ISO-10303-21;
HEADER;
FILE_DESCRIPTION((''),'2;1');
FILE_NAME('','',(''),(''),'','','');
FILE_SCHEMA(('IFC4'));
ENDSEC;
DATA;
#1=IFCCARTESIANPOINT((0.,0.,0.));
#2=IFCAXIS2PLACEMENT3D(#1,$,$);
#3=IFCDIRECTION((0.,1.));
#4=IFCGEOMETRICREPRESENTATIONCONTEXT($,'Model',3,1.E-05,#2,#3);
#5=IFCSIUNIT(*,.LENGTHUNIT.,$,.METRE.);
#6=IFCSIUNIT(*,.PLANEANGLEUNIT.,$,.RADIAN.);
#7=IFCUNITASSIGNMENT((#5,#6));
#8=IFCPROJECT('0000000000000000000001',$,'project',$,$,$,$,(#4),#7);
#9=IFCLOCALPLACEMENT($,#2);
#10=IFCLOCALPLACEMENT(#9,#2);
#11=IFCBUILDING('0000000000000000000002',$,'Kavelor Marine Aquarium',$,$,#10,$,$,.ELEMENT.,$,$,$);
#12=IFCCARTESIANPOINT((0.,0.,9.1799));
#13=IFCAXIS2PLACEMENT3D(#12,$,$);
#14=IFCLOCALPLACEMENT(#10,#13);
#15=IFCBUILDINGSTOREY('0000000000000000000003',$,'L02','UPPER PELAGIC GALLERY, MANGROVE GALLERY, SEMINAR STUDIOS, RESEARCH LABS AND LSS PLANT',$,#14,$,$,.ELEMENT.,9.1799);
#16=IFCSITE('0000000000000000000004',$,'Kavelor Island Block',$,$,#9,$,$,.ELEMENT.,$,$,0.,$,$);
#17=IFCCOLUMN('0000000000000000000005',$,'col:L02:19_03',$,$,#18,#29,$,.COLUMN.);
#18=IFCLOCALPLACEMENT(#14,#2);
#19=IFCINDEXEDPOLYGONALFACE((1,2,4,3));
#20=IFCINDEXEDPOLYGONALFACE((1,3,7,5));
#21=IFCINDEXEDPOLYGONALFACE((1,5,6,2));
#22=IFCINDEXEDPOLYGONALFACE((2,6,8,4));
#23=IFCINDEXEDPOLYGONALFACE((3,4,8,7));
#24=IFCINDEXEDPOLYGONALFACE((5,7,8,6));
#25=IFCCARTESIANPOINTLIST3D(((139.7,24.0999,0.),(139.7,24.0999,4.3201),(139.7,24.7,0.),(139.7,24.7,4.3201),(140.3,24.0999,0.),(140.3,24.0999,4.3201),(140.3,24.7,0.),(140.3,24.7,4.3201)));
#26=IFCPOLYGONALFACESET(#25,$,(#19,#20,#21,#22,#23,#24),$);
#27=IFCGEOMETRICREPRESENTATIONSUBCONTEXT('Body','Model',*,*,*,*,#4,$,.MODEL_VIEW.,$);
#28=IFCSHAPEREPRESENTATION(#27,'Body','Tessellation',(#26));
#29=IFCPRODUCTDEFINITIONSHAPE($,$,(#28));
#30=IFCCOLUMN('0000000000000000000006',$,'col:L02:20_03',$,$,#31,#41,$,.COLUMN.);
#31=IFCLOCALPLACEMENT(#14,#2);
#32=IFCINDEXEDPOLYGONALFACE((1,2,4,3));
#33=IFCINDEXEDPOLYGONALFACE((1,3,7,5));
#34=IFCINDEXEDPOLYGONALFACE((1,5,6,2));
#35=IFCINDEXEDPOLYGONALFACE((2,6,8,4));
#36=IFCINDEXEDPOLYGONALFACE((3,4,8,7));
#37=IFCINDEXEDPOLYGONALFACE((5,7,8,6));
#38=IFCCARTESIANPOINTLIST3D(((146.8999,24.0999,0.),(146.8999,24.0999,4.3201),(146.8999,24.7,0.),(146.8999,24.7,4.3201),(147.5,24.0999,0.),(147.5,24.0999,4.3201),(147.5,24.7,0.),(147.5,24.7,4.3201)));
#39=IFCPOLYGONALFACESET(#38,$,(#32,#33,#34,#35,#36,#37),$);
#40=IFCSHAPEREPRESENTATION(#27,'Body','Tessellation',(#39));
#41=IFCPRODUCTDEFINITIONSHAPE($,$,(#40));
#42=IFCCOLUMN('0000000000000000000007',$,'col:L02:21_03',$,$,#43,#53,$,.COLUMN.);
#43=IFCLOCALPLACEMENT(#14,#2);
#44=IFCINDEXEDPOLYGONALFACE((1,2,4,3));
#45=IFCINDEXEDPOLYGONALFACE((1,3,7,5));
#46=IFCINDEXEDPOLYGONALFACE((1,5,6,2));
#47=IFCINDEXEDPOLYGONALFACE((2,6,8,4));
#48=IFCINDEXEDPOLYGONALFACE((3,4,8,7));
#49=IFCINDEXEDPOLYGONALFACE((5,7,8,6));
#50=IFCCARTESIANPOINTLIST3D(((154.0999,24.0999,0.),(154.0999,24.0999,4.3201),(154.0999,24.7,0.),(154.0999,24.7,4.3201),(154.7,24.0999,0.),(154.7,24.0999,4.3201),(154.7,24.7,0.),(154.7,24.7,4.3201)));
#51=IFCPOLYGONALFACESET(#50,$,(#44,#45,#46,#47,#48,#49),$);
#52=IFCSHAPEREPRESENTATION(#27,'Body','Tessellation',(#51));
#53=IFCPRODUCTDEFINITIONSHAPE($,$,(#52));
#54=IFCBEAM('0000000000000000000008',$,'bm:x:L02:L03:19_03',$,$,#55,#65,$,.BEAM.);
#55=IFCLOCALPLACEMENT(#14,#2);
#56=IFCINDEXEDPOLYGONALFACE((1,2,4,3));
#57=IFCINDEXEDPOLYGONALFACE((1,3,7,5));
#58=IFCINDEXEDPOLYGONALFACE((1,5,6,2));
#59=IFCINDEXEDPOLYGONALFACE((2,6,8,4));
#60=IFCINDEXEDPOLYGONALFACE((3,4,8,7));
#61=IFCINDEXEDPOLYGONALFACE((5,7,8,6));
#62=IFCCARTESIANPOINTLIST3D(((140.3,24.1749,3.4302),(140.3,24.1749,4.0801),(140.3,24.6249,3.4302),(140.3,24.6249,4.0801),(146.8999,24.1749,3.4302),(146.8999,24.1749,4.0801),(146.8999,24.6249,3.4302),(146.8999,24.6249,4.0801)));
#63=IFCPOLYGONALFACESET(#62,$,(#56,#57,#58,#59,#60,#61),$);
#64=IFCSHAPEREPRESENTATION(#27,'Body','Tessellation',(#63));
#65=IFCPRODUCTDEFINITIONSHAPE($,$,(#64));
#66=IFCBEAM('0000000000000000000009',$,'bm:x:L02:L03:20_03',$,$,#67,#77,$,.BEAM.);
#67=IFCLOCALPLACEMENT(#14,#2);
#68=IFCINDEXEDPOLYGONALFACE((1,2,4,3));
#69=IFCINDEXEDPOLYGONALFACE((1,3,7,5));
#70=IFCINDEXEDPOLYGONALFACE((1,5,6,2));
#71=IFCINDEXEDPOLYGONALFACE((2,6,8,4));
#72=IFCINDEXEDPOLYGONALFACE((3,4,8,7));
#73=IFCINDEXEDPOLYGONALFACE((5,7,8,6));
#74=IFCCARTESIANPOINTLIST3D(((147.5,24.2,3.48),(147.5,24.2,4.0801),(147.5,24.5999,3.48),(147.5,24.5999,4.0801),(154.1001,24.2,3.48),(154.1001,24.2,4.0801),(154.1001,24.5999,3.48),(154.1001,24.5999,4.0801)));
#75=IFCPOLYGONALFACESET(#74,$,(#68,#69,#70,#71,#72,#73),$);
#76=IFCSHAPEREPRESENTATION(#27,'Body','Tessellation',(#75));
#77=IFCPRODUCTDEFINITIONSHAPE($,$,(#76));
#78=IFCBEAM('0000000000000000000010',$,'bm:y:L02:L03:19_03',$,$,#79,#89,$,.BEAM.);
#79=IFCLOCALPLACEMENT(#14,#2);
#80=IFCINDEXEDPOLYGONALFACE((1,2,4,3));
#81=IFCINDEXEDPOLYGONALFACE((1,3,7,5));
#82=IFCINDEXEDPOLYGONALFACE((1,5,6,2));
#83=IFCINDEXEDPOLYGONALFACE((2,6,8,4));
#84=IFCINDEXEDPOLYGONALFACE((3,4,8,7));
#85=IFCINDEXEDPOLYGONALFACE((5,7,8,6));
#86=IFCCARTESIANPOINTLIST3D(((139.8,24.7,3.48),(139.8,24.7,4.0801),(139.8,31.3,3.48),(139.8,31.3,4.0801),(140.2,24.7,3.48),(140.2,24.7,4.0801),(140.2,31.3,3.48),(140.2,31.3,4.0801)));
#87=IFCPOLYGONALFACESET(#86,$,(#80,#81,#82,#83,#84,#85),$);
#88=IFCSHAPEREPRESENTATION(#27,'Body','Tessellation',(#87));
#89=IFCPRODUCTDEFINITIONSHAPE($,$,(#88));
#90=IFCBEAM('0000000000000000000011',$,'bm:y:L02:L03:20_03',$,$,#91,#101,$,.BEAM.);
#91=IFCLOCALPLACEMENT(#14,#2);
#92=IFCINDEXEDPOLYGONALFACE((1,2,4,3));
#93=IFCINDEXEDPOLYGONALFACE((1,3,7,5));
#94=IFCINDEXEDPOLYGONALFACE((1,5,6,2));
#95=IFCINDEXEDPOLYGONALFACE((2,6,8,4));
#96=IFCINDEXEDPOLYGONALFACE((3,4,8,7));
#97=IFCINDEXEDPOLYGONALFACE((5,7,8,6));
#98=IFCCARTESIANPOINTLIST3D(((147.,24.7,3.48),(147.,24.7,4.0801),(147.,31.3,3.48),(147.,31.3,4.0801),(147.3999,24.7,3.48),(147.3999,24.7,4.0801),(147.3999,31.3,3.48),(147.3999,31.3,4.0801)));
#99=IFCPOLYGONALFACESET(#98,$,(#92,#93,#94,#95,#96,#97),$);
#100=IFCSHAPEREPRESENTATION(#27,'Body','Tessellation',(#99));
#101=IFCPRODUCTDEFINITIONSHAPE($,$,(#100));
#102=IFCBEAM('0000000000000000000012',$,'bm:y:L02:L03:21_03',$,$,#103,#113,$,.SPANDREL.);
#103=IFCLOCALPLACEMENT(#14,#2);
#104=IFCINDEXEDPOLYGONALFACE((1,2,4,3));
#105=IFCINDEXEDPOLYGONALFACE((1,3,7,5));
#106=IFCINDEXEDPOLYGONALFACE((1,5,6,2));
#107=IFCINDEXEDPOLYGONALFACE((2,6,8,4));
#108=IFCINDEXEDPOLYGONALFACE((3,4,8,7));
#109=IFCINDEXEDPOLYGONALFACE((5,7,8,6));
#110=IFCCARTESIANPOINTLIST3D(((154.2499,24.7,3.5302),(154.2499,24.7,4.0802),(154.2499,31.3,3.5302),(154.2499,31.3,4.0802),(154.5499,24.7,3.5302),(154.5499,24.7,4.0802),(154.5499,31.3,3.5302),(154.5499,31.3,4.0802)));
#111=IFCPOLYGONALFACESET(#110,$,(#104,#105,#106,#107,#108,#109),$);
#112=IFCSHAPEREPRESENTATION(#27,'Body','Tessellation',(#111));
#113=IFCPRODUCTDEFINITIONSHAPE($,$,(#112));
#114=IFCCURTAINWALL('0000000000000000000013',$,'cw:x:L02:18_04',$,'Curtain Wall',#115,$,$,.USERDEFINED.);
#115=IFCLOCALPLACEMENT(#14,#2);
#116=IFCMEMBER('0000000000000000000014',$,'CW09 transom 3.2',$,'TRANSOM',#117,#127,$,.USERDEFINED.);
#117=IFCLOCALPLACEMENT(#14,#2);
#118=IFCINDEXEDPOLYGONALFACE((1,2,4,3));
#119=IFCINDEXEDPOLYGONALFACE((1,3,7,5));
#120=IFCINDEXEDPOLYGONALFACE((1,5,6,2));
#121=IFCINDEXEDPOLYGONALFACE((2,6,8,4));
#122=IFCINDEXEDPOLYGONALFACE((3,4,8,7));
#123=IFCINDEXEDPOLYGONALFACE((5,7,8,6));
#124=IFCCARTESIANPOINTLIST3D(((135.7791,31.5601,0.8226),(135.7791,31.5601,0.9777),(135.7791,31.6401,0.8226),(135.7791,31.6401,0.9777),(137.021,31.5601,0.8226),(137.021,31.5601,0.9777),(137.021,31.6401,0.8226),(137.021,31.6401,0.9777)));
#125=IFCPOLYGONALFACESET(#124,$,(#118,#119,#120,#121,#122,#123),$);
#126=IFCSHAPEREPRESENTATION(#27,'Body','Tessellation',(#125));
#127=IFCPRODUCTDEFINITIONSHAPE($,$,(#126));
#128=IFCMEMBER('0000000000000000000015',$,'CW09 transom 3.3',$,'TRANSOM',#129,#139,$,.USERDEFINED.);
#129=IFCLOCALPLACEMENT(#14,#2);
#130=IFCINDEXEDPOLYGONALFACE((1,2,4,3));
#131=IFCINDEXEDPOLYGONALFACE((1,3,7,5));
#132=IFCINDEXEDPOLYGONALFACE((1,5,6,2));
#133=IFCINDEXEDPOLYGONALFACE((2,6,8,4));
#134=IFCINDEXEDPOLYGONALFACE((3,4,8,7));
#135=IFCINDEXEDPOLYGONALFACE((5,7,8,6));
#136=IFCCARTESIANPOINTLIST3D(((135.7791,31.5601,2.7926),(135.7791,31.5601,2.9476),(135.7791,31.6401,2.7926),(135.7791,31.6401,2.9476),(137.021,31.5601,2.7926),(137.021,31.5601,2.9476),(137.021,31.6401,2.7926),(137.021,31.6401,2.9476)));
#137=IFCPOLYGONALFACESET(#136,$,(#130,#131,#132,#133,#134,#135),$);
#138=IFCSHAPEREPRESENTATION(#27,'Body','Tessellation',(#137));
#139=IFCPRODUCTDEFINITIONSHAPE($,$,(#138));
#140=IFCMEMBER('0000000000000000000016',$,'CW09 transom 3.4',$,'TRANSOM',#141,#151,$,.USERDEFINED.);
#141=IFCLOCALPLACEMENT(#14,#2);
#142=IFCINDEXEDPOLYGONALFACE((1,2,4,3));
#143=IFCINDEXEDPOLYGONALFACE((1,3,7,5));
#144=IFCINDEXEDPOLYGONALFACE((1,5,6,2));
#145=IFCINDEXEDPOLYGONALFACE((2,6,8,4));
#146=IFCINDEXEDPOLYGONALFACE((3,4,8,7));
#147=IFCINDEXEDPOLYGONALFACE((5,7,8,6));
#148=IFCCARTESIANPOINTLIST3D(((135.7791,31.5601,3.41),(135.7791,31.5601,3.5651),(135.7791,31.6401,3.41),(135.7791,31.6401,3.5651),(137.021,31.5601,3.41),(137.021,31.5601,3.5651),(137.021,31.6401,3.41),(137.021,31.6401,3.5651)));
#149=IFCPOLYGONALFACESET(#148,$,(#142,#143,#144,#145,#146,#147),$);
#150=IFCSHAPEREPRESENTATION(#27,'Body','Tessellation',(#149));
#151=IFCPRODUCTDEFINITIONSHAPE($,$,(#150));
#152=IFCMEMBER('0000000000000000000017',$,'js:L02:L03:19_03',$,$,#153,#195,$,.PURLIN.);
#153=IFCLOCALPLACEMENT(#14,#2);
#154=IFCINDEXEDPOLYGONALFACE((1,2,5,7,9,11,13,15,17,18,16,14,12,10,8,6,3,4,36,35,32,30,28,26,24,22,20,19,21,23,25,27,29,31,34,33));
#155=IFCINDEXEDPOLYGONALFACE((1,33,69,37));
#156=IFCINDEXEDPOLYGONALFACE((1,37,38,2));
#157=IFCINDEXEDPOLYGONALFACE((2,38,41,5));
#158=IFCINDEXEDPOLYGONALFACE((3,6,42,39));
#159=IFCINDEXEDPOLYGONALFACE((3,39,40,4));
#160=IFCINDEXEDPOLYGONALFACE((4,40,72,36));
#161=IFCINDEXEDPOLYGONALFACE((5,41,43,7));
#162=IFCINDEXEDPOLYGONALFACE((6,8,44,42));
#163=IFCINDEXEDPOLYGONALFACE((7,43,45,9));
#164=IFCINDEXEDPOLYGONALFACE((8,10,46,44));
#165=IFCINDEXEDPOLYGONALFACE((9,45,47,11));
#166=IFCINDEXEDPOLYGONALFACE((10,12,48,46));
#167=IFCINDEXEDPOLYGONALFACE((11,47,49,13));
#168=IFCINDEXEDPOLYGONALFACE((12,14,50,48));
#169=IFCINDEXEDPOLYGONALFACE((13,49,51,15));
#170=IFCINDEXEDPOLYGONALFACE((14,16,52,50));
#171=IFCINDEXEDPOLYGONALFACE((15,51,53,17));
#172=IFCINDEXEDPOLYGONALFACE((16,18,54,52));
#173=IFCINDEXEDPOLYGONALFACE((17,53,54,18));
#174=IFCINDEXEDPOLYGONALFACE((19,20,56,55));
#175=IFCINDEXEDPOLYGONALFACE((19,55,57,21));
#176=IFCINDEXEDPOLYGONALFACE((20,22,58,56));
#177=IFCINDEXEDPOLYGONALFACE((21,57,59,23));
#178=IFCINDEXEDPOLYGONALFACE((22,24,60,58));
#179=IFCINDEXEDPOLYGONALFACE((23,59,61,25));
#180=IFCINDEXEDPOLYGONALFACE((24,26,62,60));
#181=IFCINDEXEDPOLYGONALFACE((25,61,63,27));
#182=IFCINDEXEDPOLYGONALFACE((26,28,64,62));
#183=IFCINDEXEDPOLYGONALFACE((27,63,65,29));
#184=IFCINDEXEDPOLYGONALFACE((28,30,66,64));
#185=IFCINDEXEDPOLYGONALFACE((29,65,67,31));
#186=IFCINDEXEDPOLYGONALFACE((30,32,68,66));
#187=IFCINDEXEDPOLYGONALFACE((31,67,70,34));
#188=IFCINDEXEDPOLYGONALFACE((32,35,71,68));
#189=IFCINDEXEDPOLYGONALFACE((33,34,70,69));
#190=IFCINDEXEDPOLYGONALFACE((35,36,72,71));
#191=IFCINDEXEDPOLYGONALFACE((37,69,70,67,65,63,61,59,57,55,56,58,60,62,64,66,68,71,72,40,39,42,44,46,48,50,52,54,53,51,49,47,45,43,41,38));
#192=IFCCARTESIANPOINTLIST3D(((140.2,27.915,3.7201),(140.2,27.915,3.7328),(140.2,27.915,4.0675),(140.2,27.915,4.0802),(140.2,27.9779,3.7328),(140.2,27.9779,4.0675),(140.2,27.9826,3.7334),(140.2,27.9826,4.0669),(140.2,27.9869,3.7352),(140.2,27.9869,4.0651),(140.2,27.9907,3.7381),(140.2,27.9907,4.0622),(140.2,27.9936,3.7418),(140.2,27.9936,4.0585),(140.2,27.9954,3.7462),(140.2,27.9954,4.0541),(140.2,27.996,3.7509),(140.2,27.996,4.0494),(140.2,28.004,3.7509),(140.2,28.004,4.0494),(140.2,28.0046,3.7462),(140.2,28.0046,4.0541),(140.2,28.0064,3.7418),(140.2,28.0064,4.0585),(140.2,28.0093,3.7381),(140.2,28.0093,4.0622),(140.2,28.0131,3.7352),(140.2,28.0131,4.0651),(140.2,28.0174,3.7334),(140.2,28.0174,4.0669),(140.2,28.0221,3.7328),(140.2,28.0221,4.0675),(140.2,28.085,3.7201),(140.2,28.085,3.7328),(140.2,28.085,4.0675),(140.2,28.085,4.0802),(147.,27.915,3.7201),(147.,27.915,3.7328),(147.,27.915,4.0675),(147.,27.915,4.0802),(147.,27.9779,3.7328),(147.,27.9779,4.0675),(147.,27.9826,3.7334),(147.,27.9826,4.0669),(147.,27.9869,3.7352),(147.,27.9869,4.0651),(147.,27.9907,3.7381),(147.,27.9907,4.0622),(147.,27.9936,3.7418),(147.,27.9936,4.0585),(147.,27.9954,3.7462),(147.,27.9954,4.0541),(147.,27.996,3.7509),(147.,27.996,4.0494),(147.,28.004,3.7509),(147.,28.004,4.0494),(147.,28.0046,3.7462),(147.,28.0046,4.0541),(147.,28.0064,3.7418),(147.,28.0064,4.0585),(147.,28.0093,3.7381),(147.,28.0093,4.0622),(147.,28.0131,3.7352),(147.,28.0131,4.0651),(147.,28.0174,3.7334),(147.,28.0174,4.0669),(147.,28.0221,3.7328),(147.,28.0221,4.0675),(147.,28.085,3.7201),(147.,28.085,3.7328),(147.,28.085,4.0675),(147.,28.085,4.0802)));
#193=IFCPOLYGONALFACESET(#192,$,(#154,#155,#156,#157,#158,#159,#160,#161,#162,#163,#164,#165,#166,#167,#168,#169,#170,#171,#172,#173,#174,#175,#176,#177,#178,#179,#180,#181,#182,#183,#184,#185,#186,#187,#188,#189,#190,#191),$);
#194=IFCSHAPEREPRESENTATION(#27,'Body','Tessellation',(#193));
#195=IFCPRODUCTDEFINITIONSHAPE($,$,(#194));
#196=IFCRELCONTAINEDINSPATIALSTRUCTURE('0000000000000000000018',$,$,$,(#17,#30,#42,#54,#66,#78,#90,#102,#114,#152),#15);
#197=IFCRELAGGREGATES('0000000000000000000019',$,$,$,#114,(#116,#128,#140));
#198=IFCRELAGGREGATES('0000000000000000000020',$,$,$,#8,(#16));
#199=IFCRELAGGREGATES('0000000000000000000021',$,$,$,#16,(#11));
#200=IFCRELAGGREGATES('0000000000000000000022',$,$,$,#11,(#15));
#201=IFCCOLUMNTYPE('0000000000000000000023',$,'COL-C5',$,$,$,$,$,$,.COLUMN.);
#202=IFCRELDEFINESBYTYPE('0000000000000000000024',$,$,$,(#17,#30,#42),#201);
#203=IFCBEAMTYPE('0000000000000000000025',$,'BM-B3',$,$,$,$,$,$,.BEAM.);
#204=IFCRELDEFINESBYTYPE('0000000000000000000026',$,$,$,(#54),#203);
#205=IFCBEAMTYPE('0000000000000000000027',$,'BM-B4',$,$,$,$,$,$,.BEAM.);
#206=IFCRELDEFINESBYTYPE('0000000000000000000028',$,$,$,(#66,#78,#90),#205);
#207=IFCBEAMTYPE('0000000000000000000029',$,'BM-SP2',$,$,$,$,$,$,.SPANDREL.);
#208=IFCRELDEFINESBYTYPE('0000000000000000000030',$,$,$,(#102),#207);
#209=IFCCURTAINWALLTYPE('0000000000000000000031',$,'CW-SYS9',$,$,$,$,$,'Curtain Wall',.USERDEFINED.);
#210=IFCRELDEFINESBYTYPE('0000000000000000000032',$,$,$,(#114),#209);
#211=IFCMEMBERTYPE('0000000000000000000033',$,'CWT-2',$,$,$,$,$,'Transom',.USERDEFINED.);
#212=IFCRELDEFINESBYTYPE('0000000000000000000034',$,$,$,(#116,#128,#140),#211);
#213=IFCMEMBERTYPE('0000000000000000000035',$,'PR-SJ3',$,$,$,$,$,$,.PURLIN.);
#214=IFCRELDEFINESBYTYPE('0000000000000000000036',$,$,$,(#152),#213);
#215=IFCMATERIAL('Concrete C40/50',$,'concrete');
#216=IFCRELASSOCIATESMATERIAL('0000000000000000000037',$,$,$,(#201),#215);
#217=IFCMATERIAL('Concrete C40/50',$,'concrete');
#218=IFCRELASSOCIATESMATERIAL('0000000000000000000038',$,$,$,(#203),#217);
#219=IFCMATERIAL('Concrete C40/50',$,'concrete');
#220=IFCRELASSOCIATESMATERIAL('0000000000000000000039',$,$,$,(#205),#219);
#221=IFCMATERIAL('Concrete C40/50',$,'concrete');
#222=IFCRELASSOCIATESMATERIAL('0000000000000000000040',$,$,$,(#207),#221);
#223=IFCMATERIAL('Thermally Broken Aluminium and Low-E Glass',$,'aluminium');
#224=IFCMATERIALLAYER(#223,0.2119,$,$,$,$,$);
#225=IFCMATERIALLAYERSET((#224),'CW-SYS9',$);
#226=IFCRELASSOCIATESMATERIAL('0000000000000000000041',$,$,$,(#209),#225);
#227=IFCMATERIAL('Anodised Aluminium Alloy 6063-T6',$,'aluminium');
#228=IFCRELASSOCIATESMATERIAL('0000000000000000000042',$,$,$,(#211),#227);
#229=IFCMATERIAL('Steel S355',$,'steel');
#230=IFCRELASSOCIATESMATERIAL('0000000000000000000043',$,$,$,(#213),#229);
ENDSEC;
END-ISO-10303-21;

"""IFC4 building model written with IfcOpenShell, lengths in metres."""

from ifc_helpers import new_model, si_unit, direction, frame, origin, origin_2d, place, context, subcontext, project, spatial, rectangle, i_section, extrude, material, layer, layer_set, material_profile, profile_set, type_object, element, aggregate, save


model = new_model("IFC4")

# Units and contexts
model_context = context("Model", 3, precision=1e-05, world=origin(), true_north=direction((0.0, 1.0)))
body_context = subcontext(model_context, "Body", "Model", "MODEL_VIEW")
ifc_project = project(units=[si_unit("LENGTHUNIT", "METRE"), si_unit("PLANEANGLEUNIT", "RADIAN")], contexts=[model_context])

# Site, building, storey
site_placement = place(None, origin())
site = spatial("IfcSite", under=ifc_project, at=site_placement, Name="Kavelor Island Block", CompositionType="ELEMENT", RefElevation=0.0)
building_placement = place(site_placement, origin())
building = spatial("IfcBuilding", under=site, at=building_placement, Name="Kavelor Marine Aquarium", CompositionType="ELEMENT")
storey_placement = place(building_placement, frame((0.0, 0.0, 9.1799)))
storey = spatial("IfcBuildingStorey", under=building, at=storey_placement, Name="L02", Description="UPPER PELAGIC GALLERY, MANGROVE GALLERY, SEMINAR STUDIOS, RESEARCH LABS AND LSS PLANT", CompositionType="ELEMENT", Elevation=9.1799)

# Columns
ifc_material_1 = material(Name="Concrete C40/50", Category="concrete")
ifc_material_profile_1 = material_profile(ifc_material_1, rectangle(XDim=0.6001, YDim=0.6001, at=origin_2d()), Name="RC-COL 600x600")
ifc_profile_set_1 = profile_set([ifc_material_profile_1], Name="Concrete C40/50")
column_type = type_object("IfcColumnType", Name="COL-C5", PredefinedType="COLUMN", material=ifc_profile_set_1)
for number, where, z_axis, x_axis, name in (
    (1, (140.0, 24.3999, 0.0), (0.0, 0.0, 1.0), (1.0, 0.0, 0.0), "col:L02:19_03"),
    (2, (147.2, 24.3999, 0.0), (0.0, 0.0, 1.0), (1.0, 0.0, 0.0), "col:L02:20_03"),
    (3, (154.3999, 24.3999, 0.0), (0.0, 0.0, 1.0), (1.0, 0.0, 0.0), "col:L02:21_03"),
):
    element("IfcColumn", number, at=place(storey_placement, frame(where, z_axis=z_axis, x_axis=x_axis)), inside=storey, type_object=column_type, Name=name, PredefinedType="COLUMN", context=body_context, shape_type="SweptSolid", body=[
        extrude(rectangle(XDim=0.6001, YDim=0.6001, at=origin_2d()), origin(), (0.0, 0.0, 1.0), 4.3201),
    ])

# Beams
ifc_material_2 = material(Name="Concrete C40/50", Category="concrete")
ifc_material_profile_2 = material_profile(ifc_material_2, rectangle(XDim=0.45, YDim=0.6499, at=origin_2d()), Name="RC-BM 450x650")
ifc_profile_set_2 = profile_set([ifc_material_profile_2], Name="Concrete C40/50")
beam_type_1 = type_object("IfcBeamType", Name="BM-B3", PredefinedType="BEAM", material=ifc_profile_set_2)
beam_1_placement = place(storey_placement, frame((140.3, 24.3999, 3.7551), z_axis=(1.0, 0.0, 0.0), x_axis=(0.0, 1.0, 0.0)))
element("IfcBeam", 4, at=beam_1_placement, inside=storey, type_object=beam_type_1, Name="bm:x:L02:L03:19_03", PredefinedType="BEAM", context=body_context, shape_type="SweptSolid", body=[
    extrude(rectangle(XDim=0.45, YDim=0.6499, at=origin_2d()), origin(), (0.0, 0.0, 1.0), 6.5999),
])
ifc_material_3 = material(Name="Concrete C40/50", Category="concrete")
ifc_material_profile_3 = material_profile(ifc_material_3, rectangle(XDim=0.3999, YDim=0.6001, at=origin_2d()), Name="RC-BM 400x600")
ifc_profile_set_3 = profile_set([ifc_material_profile_3], Name="Concrete C40/50")
beam_type_2 = type_object("IfcBeamType", Name="BM-B4", PredefinedType="BEAM", material=ifc_profile_set_3)
for number, where, z_axis, x_axis, name in (
    (5, (147.5, 24.3999, 3.78), (1.0, 0.0, 0.0), (0.0, 1.0, 0.0), "bm:x:L02:L03:20_03"),
    (6, (140.0, 24.7, 3.78), (0.0, 1.0, 0.0), (-1.0, 0.0, 0.0), "bm:y:L02:L03:19_03"),
    (7, (147.2, 24.7, 3.78), (0.0, 1.0, 0.0), (-1.0, 0.0, 0.0), "bm:y:L02:L03:20_03"),
):
    element("IfcBeam", number, at=place(storey_placement, frame(where, z_axis=z_axis, x_axis=x_axis)), inside=storey, type_object=beam_type_2, Name=name, PredefinedType="BEAM", context=body_context, shape_type="SweptSolid", body=[
        extrude(rectangle(XDim=0.3999, YDim=0.6001, at=origin_2d()), origin(), (0.0, 0.0, 1.0), 6.6001),
    ])
ifc_material_4 = material(Name="Concrete C40/50", Category="concrete")
ifc_material_profile_4 = material_profile(ifc_material_4, rectangle(XDim=0.3, YDim=0.55, at=origin_2d()), Name="RC-SP 300x550")
ifc_profile_set_4 = profile_set([ifc_material_profile_4], Name="Concrete C40/50")
beam_type_3 = type_object("IfcBeamType", Name="BM-SP2", PredefinedType="SPANDREL", material=ifc_profile_set_4)
beam_2_placement = place(storey_placement, frame((154.3999, 24.7, 3.8052), z_axis=(0.0, 1.0, 0.0), x_axis=(-1.0, 0.0, 0.0)))
element("IfcBeam", 8, at=beam_2_placement, inside=storey, type_object=beam_type_3, Name="bm:y:L02:L03:21_03", PredefinedType="SPANDREL", context=body_context, shape_type="SweptSolid", body=[
    extrude(rectangle(XDim=0.3, YDim=0.55, at=origin_2d()), origin(), (0.0, 0.0, 1.0), 6.6001),
])

# Curtain wall, members
ifc_material_5 = material(Name="Thermally Broken Aluminium and Low-E Glass", Category="aluminium")
ifc_layer_1 = layer(ifc_material_5, 0.2119)
ifc_layer_set_1 = layer_set([ifc_layer_1], Name="CW-SYS9")
curtain_wall_type = type_object("IfcCurtainWallType", Name="CW-SYS9", ElementType="Curtain Wall", PredefinedType="USERDEFINED", material=ifc_layer_set_1)
curtain_wall_placement = place(storey_placement, origin())
curtain_wall = element("IfcCurtainWall", 9, at=curtain_wall_placement, inside=storey, type_object=curtain_wall_type, Name="cw:x:L02:18_04", ObjectType="Curtain Wall", PredefinedType="USERDEFINED")
ifc_material_6 = material(Name="Anodised Aluminium Alloy 6063-T6", Category="aluminium")
ifc_material_profile_5 = material_profile(ifc_material_6, rectangle(XDim=0.0801, YDim=0.155, at=origin_2d()), Name="CW-TRN 80x155")
ifc_profile_set_5 = profile_set([ifc_material_profile_5], Name="Anodised Aluminium Alloy 6063-T6")
member_type_1 = type_object("IfcMemberType", Name="CWT-2", ElementType="Transom", PredefinedType="USERDEFINED", material=ifc_profile_set_5)
member_1_placement = place(storey_placement, frame((135.7791, 31.6001, 0.9001), z_axis=(1.0, 0.0, 0.0), x_axis=(0.0, 1.0, 0.0)))
member_1 = element("IfcMember", 10, at=member_1_placement, type_object=member_type_1, Name="CW09 transom 3.2", ObjectType="TRANSOM", PredefinedType="USERDEFINED", context=body_context, shape_type="SweptSolid", body=[
    extrude(rectangle(XDim=0.0801, YDim=0.155, at=origin_2d()), origin(), (0.0, 0.0, 1.0), 1.2419),
])
member_2_placement = place(storey_placement, frame((135.7791, 31.6001, 2.8701), z_axis=(1.0, 0.0, 0.0), x_axis=(0.0, 1.0, 0.0)))
member_2 = element("IfcMember", 11, at=member_2_placement, type_object=member_type_1, Name="CW09 transom 3.3", ObjectType="TRANSOM", PredefinedType="USERDEFINED", context=body_context, shape_type="SweptSolid", body=[
    extrude(rectangle(XDim=0.0801, YDim=0.155, at=origin_2d()), origin(), (0.0, 0.0, 1.0), 1.2419),
])
member_3_placement = place(storey_placement, frame((135.7791, 31.6001, 3.4875), z_axis=(1.0, 0.0, 0.0), x_axis=(0.0, 1.0, 0.0)))
member_3 = element("IfcMember", 12, at=member_3_placement, type_object=member_type_1, Name="CW09 transom 3.4", ObjectType="TRANSOM", PredefinedType="USERDEFINED", context=body_context, shape_type="SweptSolid", body=[
    extrude(rectangle(XDim=0.0801, YDim=0.155, at=origin_2d()), origin(), (0.0, 0.0, 1.0), 1.2419),
])
aggregate(curtain_wall, [member_1, member_2, member_3])

# Member
ifc_material_7 = material(Name="Steel S355", Category="steel")
ifc_material_profile_6 = material_profile(ifc_material_7, i_section(OverallWidth=0.1699, OverallDepth=0.3601, WebThickness=0.0081, FlangeThickness=0.0127, FilletRadius=0.0181, at=origin_2d()), Name="IPE 360")
ifc_profile_set_6 = profile_set([ifc_material_profile_6], Name="Steel S355")
member_type_2 = type_object("IfcMemberType", Name="PR-SJ3", PredefinedType="PURLIN", material=ifc_profile_set_6)
member_4_placement = place(storey_placement, frame((140.2, 28.0, 3.9001), z_axis=(1.0, 0.0, 0.0), x_axis=(0.0, 1.0, 0.0)))
element("IfcMember", 13, at=member_4_placement, inside=storey, type_object=member_type_2, Name="js:L02:L03:19_03", PredefinedType="PURLIN", context=body_context, shape_type="SweptSolid", body=[
    extrude(i_section(OverallWidth=0.1699, OverallDepth=0.3601, WebThickness=0.0081, FlangeThickness=0.0127, FilletRadius=0.0181, at=origin_2d()), origin(), (0.0, 0.0, 1.0), 6.8),
])

save(model, "model.ifc")
